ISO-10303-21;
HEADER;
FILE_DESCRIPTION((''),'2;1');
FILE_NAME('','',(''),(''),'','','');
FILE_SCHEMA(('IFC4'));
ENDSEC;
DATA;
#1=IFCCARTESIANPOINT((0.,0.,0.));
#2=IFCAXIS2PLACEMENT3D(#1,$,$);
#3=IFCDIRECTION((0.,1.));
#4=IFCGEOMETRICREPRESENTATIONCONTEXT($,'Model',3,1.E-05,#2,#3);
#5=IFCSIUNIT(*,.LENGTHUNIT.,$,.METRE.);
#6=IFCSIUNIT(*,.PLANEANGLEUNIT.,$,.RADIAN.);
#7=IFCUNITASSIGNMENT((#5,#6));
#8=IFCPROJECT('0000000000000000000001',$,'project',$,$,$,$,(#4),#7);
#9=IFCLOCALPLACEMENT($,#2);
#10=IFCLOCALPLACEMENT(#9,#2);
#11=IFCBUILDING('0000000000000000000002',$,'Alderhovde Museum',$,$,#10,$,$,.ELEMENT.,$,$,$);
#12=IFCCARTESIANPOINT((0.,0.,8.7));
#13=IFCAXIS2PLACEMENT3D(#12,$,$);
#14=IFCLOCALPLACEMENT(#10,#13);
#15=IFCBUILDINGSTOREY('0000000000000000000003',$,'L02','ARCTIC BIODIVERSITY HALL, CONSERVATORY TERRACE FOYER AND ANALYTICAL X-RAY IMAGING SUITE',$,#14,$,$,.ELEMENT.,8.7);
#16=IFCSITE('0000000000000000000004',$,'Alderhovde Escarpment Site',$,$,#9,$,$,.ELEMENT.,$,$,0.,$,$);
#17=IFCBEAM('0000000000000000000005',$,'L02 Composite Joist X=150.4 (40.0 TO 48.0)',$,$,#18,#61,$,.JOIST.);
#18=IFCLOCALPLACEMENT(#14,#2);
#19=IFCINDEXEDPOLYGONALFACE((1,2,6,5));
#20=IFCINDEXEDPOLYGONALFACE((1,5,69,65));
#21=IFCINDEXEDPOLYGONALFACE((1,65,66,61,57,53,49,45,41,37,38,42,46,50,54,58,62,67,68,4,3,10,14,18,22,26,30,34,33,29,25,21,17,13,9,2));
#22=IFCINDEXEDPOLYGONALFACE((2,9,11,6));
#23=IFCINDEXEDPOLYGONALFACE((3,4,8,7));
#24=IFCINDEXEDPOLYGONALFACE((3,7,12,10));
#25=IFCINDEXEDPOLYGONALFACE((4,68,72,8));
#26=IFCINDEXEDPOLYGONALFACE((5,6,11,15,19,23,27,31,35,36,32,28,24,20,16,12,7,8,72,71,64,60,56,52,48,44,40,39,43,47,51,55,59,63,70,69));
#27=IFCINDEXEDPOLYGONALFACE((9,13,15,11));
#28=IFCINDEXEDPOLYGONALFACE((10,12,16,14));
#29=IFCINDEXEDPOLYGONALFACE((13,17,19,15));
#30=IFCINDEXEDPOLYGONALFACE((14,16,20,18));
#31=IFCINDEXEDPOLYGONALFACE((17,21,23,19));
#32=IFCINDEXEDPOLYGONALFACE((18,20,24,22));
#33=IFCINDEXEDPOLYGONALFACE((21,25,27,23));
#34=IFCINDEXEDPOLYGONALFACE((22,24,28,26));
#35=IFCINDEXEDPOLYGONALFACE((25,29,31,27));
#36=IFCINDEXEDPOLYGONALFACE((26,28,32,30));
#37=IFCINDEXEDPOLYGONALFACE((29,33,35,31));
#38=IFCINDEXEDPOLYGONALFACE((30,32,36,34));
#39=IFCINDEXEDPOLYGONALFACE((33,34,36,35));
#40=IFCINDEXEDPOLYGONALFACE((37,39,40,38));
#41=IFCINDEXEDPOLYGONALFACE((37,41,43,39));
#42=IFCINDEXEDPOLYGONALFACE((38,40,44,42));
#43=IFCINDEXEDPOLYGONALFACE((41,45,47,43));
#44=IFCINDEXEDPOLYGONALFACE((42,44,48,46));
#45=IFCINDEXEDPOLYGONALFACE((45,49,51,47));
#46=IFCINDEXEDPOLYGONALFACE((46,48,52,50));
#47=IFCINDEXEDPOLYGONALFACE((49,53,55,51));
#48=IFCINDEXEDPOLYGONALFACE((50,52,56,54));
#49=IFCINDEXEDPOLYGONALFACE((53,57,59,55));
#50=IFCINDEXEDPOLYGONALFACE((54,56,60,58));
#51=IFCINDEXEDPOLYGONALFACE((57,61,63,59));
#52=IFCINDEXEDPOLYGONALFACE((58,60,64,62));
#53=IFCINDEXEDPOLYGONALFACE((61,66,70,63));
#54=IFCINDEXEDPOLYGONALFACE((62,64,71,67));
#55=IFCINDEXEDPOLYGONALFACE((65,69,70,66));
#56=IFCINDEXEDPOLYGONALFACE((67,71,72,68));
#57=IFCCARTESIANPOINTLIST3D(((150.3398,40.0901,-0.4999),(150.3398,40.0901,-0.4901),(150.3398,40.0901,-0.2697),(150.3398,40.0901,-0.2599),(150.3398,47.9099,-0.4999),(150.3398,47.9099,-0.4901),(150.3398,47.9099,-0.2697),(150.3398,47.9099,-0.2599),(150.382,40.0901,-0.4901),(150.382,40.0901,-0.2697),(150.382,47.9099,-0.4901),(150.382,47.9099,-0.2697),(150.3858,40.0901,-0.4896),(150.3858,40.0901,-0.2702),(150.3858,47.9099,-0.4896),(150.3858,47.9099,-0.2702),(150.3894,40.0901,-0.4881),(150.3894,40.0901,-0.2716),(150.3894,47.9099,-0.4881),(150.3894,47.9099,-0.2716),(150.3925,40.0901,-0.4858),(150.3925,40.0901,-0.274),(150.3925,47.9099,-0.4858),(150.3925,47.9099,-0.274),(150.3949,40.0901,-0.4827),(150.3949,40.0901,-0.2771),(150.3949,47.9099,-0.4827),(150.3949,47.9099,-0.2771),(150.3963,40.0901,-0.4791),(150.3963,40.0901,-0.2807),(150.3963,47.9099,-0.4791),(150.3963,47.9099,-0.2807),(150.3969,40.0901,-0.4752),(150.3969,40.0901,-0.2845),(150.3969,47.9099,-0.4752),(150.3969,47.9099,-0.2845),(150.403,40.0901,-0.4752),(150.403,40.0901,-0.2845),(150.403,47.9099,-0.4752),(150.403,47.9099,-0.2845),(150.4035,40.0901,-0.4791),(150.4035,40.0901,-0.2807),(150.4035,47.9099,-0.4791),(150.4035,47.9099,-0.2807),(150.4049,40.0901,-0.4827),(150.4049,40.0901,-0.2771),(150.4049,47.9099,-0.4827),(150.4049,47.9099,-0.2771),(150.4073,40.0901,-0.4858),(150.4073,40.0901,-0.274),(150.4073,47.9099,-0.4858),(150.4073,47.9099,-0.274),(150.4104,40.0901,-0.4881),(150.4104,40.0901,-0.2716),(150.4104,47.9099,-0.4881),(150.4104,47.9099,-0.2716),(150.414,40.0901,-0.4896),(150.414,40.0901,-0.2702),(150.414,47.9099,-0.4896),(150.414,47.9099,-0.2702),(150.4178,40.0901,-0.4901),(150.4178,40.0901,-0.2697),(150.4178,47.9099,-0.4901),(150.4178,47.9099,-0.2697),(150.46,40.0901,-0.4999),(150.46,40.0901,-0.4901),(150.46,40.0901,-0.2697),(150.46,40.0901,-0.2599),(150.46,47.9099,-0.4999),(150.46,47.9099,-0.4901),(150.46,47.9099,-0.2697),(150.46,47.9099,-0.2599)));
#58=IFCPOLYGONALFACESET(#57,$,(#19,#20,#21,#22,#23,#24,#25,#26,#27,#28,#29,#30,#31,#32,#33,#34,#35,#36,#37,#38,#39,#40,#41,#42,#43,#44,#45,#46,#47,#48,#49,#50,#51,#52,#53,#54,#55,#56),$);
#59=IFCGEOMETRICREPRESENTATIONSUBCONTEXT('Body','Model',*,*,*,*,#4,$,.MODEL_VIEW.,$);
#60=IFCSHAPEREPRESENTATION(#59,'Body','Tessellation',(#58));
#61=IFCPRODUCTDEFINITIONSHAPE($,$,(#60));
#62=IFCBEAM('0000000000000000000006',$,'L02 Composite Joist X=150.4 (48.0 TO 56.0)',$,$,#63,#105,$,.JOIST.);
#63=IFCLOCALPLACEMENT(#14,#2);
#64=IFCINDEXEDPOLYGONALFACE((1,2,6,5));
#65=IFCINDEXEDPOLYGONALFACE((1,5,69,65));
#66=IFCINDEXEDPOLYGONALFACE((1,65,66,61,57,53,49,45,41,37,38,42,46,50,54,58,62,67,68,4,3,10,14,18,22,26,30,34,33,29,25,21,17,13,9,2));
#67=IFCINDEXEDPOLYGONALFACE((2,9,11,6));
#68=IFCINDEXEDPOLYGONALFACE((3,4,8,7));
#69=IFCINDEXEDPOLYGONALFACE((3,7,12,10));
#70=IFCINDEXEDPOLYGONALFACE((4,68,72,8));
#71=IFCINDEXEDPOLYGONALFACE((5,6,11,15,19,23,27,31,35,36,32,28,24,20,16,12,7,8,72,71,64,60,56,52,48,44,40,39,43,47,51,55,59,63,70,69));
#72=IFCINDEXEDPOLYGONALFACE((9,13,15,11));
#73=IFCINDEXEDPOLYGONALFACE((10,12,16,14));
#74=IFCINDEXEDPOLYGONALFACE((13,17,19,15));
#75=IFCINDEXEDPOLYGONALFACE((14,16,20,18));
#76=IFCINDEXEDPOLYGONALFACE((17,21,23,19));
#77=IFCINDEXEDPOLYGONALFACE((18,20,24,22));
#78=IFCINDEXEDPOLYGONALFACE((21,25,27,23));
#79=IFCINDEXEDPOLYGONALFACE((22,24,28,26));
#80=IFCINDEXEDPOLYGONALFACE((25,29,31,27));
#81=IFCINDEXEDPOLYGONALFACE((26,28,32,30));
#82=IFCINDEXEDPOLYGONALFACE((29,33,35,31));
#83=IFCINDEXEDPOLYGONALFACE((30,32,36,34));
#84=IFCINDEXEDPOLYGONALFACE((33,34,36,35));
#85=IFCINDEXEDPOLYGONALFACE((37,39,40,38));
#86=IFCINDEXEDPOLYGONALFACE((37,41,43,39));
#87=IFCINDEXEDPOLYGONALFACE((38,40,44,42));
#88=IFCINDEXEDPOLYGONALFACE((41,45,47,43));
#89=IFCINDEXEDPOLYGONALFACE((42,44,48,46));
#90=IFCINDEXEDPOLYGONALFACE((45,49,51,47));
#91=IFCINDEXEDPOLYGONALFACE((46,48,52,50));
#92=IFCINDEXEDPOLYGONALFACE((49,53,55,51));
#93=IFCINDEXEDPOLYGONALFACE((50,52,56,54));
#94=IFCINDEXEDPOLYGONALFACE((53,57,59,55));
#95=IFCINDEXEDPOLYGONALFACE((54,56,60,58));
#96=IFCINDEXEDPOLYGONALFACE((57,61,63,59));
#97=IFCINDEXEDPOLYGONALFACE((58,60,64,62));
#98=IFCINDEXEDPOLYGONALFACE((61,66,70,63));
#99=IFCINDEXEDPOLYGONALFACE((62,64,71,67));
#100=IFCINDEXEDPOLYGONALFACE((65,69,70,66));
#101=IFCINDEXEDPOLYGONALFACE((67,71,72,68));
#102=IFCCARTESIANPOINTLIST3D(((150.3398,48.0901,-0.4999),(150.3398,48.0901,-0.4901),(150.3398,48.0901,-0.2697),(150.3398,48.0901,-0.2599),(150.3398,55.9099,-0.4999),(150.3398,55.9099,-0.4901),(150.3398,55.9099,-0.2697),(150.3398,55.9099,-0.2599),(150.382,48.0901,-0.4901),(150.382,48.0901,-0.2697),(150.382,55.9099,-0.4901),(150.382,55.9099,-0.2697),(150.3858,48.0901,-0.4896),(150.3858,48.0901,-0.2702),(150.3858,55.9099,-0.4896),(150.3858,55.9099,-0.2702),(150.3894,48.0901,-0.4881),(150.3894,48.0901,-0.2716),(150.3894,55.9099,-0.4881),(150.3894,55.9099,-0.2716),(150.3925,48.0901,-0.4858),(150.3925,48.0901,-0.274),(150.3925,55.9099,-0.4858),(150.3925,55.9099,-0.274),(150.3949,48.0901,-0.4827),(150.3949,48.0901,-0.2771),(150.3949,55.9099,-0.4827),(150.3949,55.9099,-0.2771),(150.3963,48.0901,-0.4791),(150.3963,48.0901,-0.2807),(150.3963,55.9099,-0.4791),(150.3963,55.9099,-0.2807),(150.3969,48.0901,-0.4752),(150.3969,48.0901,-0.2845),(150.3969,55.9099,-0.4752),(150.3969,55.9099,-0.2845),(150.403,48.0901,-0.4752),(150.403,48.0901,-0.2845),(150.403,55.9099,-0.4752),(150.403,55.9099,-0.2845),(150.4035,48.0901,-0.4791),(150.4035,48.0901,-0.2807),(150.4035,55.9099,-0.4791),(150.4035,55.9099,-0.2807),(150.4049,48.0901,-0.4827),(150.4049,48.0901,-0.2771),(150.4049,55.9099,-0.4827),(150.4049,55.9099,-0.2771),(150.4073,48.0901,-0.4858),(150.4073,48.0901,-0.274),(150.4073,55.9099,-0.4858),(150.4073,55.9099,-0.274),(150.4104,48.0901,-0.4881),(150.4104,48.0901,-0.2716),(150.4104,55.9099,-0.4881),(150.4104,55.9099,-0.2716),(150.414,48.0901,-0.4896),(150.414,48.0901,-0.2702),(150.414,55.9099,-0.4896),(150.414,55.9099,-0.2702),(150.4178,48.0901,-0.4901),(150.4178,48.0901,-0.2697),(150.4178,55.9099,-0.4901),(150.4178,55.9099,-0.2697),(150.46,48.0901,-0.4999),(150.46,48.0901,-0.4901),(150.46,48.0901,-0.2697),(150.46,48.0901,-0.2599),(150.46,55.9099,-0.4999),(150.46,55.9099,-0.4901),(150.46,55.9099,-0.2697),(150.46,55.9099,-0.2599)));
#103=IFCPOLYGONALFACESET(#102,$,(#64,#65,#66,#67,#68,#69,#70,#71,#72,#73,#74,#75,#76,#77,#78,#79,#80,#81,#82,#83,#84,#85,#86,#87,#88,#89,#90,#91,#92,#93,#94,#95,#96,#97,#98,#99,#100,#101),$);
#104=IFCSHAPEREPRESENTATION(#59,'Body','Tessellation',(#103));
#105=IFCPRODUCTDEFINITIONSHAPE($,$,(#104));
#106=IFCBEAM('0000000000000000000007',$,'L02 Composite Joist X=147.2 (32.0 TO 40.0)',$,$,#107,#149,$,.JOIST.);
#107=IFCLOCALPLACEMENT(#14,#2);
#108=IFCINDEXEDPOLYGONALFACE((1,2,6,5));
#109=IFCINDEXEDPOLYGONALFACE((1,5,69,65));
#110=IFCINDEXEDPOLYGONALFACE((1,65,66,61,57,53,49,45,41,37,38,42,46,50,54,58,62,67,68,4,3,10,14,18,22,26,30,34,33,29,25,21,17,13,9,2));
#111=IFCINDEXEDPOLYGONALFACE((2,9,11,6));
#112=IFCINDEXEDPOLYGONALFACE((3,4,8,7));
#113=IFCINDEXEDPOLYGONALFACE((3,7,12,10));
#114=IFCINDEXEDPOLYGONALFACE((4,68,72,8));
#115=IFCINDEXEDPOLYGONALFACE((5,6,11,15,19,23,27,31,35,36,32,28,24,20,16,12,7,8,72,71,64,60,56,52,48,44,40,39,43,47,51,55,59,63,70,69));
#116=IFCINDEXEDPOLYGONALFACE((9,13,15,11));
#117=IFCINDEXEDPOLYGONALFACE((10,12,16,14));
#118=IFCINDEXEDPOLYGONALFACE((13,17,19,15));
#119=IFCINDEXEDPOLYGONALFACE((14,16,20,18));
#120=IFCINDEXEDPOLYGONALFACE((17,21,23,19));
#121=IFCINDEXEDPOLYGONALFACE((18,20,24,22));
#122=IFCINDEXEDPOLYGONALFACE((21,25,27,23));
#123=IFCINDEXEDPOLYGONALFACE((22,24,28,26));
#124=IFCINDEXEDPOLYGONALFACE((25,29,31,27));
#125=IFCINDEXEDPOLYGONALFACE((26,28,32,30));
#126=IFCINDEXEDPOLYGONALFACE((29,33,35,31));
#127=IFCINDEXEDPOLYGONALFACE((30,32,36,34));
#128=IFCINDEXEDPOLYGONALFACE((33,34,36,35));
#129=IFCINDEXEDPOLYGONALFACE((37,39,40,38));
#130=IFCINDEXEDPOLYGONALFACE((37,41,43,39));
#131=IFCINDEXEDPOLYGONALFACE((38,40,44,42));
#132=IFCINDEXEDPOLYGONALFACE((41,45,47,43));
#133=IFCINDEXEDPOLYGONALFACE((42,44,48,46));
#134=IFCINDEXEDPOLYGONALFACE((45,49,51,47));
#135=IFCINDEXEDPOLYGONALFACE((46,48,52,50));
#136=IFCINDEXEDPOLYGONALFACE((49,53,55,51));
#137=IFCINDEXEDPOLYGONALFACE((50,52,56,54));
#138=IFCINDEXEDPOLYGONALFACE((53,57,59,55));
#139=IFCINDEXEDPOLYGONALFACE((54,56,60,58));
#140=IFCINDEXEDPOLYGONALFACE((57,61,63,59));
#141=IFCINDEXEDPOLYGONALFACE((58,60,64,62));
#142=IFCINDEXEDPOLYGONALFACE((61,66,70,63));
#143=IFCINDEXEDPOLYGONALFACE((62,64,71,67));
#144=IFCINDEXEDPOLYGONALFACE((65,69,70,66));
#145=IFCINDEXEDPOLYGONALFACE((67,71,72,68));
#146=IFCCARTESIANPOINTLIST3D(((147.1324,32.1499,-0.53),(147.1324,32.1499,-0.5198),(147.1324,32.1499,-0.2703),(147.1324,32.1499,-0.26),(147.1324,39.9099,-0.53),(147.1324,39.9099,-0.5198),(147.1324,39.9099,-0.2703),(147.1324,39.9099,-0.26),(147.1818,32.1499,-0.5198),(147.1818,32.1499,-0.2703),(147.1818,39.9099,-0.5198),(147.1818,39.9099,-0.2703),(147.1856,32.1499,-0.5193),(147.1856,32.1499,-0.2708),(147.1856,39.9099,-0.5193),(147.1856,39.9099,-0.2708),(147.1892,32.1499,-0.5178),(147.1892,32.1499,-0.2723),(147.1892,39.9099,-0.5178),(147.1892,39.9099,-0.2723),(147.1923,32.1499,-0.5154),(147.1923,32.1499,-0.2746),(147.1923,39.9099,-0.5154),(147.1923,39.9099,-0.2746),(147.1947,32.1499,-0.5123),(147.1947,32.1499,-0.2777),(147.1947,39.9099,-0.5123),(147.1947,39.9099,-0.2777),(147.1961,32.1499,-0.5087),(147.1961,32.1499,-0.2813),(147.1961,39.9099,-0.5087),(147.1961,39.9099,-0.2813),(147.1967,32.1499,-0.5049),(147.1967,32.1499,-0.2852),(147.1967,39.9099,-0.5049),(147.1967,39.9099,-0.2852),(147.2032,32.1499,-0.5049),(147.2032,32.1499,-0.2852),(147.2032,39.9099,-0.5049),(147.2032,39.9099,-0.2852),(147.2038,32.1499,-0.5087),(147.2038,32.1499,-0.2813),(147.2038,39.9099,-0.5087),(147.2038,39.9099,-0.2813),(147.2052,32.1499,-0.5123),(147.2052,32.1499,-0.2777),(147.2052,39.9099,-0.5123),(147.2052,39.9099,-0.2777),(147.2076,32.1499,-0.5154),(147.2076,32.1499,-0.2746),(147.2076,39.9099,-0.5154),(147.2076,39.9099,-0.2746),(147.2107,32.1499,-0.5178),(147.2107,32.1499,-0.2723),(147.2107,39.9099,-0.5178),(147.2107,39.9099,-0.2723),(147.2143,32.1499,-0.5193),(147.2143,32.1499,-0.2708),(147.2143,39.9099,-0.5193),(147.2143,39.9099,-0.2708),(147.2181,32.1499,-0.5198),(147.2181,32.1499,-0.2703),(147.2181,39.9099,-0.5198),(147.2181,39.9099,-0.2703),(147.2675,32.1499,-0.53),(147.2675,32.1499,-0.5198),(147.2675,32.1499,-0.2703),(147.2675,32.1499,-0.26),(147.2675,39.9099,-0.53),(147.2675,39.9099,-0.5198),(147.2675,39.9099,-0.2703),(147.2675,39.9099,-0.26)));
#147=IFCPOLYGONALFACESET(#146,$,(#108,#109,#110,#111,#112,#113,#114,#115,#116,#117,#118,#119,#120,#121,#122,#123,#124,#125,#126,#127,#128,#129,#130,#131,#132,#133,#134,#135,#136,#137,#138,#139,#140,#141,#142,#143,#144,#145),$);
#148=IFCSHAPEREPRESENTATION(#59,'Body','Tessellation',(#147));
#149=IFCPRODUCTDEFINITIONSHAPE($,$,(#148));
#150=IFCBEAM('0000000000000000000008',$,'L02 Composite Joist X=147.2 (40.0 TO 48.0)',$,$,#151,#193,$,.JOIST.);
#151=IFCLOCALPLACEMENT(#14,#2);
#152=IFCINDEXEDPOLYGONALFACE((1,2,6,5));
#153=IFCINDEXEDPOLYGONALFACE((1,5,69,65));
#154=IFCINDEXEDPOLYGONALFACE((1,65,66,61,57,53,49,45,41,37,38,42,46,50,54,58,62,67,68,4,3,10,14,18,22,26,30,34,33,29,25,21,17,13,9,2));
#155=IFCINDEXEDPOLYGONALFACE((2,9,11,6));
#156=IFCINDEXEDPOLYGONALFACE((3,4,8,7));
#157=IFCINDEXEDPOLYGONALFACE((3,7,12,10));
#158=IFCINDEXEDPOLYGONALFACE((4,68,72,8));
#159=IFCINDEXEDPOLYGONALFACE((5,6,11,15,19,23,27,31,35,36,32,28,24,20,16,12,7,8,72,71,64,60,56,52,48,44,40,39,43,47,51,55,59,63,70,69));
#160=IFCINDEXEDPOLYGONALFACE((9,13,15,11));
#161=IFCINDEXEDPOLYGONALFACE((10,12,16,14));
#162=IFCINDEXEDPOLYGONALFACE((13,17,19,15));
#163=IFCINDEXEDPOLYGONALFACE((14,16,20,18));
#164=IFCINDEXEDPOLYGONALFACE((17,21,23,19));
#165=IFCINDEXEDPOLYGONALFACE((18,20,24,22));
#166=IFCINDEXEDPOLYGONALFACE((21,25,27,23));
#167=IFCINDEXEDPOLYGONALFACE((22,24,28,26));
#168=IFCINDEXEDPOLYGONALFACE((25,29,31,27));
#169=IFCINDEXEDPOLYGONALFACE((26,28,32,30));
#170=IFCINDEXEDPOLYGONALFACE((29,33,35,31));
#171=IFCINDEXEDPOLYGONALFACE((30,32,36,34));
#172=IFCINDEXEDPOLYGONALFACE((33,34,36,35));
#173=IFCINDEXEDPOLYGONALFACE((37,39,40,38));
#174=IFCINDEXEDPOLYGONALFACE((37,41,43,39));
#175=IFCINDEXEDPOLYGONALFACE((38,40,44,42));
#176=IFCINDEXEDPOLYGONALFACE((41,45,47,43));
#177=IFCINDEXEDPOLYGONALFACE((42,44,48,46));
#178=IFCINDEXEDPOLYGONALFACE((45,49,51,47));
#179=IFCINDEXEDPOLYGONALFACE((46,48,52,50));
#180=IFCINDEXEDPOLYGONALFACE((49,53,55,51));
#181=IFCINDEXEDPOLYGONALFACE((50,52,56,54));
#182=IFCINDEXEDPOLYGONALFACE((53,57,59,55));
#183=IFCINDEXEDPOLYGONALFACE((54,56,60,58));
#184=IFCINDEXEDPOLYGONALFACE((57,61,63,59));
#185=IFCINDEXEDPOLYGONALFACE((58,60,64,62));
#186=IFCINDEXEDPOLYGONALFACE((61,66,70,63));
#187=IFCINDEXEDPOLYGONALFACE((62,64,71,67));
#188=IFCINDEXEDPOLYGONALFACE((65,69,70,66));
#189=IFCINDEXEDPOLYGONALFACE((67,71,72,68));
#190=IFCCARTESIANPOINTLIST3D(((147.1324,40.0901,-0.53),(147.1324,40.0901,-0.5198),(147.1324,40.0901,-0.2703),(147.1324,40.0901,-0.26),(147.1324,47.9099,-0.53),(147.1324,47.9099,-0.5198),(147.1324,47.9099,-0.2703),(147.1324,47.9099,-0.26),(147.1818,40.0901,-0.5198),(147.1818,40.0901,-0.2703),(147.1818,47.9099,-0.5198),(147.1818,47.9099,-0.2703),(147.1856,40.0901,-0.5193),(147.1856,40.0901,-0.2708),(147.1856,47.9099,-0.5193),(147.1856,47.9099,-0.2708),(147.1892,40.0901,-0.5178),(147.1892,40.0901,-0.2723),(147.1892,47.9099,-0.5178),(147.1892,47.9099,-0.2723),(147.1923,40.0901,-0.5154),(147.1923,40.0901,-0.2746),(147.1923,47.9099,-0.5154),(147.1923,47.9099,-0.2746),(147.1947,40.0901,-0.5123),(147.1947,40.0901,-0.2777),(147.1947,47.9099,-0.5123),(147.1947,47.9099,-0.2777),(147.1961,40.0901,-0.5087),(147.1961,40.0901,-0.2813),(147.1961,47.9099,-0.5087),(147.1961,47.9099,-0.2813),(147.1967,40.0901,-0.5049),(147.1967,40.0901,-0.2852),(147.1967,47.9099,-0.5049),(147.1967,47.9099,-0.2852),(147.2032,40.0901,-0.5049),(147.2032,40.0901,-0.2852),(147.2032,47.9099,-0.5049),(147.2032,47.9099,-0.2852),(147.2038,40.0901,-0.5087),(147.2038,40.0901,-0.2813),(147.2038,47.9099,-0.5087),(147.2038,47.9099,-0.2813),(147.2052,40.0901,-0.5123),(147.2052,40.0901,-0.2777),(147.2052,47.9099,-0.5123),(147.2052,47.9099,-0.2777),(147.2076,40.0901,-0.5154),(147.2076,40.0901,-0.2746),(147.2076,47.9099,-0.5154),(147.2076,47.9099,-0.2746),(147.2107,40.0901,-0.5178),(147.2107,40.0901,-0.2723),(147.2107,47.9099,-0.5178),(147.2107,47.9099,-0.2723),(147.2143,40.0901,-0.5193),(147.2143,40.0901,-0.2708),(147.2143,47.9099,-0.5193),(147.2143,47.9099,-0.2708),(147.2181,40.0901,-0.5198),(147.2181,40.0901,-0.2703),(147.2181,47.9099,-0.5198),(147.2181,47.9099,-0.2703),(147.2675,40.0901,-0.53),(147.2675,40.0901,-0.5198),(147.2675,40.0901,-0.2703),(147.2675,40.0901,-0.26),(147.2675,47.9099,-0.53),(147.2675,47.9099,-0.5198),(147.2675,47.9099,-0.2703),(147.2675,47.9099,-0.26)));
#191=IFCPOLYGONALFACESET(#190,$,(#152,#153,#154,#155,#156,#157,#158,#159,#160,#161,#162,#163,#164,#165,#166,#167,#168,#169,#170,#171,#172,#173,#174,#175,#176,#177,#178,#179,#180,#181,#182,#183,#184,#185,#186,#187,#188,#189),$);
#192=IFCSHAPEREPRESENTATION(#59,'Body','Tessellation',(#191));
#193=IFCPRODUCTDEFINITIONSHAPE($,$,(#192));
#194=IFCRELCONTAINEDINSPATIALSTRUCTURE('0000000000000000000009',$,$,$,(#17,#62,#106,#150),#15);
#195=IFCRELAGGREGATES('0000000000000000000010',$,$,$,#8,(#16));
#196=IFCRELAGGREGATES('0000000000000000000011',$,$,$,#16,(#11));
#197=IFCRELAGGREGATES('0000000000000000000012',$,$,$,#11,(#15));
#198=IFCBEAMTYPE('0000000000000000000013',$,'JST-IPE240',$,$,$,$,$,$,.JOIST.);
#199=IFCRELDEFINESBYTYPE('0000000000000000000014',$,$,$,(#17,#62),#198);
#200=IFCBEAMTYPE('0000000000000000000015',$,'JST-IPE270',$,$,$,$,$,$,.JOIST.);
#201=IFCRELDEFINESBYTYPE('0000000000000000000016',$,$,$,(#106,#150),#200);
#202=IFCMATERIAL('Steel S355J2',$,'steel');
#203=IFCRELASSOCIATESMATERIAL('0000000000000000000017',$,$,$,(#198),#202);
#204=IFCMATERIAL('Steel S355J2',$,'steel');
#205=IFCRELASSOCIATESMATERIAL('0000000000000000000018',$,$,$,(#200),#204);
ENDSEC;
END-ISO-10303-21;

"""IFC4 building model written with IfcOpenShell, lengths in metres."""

from ifc_helpers import new_model, si_unit, direction, frame, origin, origin_2d, place, context, subcontext, project, spatial, i_section, extrude, material, material_profile, profile_set, type_object, element, save


model = new_model("IFC4")

# Units and contexts
model_context = context("Model", 3, precision=1e-05, world=origin(), true_north=direction((0.0, 1.0)))
body_context = subcontext(model_context, "Body", "Model", "MODEL_VIEW")
ifc_project = project(units=[si_unit("LENGTHUNIT", "METRE"), si_unit("PLANEANGLEUNIT", "RADIAN")], contexts=[model_context])

# Site, building, storey
site_placement = place(None, origin())
site = spatial("IfcSite", under=ifc_project, at=site_placement, Name="Alderhovde Escarpment Site", CompositionType="ELEMENT", RefElevation=0.0)
building_placement = place(site_placement, origin())
building = spatial("IfcBuilding", under=site, at=building_placement, Name="Alderhovde Museum", CompositionType="ELEMENT")
storey_placement = place(building_placement, frame((0.0, 0.0, 8.7)))
storey = spatial("IfcBuildingStorey", under=building, at=storey_placement, Name="L02", Description="ARCTIC BIODIVERSITY HALL, CONSERVATORY TERRACE FOYER AND ANALYTICAL X-RAY IMAGING SUITE", CompositionType="ELEMENT", Elevation=8.7)

# Beams
ifc_material_1 = material(Name="Steel S355J2", Category="steel")
ifc_material_profile_1 = material_profile(ifc_material_1, i_section(OverallWidth=0.1201, OverallDepth=0.24, WebThickness=0.0061, FlangeThickness=0.0098, FilletRadius=0.0149, at=origin_2d()), Name="IPE 240")
ifc_profile_set_1 = profile_set([ifc_material_profile_1], Name="Steel S355J2")
beam_type_1 = type_object("IfcBeamType", Name="JST-IPE240", PredefinedType="JOIST", material=ifc_profile_set_1)
for number, where, z_axis, x_axis, name in (
    (1, (150.3999, 40.0901, -0.3799), (0.0, 1.0, 0.0), (-1.0, 0.0, 0.0), "L02 Composite Joist X=150.4 (40.0 TO 48.0)"),
    (2, (150.3999, 48.0901, -0.3799), (0.0, 1.0, 0.0), (-1.0, 0.0, 0.0), "L02 Composite Joist X=150.4 (48.0 TO 56.0)"),
):
    element("IfcBeam", number, at=place(storey_placement, frame(where, z_axis=z_axis, x_axis=x_axis)), inside=storey, type_object=beam_type_1, Name=name, PredefinedType="JOIST", context=body_context, shape_type="SweptSolid", body=[
        extrude(i_section(OverallWidth=0.1201, OverallDepth=0.24, WebThickness=0.0061, FlangeThickness=0.0098, FilletRadius=0.0149, at=origin_2d()), origin(), (0.0, 0.0, 1.0), 7.8198),
    ])
ifc_material_2 = material(Name="Steel S355J2", Category="steel")
ifc_material_profile_2 = material_profile(ifc_material_2, i_section(OverallWidth=0.135, OverallDepth=0.27, WebThickness=0.0066, FlangeThickness=0.0103, FilletRadius=0.0149, at=origin_2d()), Name="IPE 270")
ifc_profile_set_2 = profile_set([ifc_material_profile_2], Name="Steel S355J2")
beam_type_2 = type_object("IfcBeamType", Name="JST-IPE270", PredefinedType="JOIST", material=ifc_profile_set_2)
beam_1_placement = place(storey_placement, frame((147.2, 32.1499, -0.395), z_axis=(0.0, 1.0, 0.0), x_axis=(-1.0, 0.0, 0.0)))
element("IfcBeam", 3, at=beam_1_placement, inside=storey, type_object=beam_type_2, Name="L02 Composite Joist X=147.2 (32.0 TO 40.0)", PredefinedType="JOIST", context=body_context, shape_type="SweptSolid", body=[
    extrude(i_section(OverallWidth=0.135, OverallDepth=0.27, WebThickness=0.0066, FlangeThickness=0.0103, FilletRadius=0.0149, at=origin_2d()), origin(), (0.0, 0.0, 1.0), 7.76),
])
for number, where, z_axis, x_axis, name in (
    (4, (147.2, 40.0901, -0.395), (0.0, 1.0, 0.0), (-1.0, 0.0, 0.0), "L02 Composite Joist X=147.2 (40.0 TO 48.0)"),
):
    element("IfcBeam", number, at=place(storey_placement, frame(where, z_axis=z_axis, x_axis=x_axis)), inside=storey, type_object=beam_type_2, Name=name, PredefinedType="JOIST", context=body_context, shape_type="SweptSolid", body=[
        extrude(i_section(OverallWidth=0.135, OverallDepth=0.27, WebThickness=0.0066, FlangeThickness=0.0103, FilletRadius=0.0149, at=origin_2d()), origin(), (0.0, 0.0, 1.0), 7.8198),
    ])

save(model, "model.ifc")
